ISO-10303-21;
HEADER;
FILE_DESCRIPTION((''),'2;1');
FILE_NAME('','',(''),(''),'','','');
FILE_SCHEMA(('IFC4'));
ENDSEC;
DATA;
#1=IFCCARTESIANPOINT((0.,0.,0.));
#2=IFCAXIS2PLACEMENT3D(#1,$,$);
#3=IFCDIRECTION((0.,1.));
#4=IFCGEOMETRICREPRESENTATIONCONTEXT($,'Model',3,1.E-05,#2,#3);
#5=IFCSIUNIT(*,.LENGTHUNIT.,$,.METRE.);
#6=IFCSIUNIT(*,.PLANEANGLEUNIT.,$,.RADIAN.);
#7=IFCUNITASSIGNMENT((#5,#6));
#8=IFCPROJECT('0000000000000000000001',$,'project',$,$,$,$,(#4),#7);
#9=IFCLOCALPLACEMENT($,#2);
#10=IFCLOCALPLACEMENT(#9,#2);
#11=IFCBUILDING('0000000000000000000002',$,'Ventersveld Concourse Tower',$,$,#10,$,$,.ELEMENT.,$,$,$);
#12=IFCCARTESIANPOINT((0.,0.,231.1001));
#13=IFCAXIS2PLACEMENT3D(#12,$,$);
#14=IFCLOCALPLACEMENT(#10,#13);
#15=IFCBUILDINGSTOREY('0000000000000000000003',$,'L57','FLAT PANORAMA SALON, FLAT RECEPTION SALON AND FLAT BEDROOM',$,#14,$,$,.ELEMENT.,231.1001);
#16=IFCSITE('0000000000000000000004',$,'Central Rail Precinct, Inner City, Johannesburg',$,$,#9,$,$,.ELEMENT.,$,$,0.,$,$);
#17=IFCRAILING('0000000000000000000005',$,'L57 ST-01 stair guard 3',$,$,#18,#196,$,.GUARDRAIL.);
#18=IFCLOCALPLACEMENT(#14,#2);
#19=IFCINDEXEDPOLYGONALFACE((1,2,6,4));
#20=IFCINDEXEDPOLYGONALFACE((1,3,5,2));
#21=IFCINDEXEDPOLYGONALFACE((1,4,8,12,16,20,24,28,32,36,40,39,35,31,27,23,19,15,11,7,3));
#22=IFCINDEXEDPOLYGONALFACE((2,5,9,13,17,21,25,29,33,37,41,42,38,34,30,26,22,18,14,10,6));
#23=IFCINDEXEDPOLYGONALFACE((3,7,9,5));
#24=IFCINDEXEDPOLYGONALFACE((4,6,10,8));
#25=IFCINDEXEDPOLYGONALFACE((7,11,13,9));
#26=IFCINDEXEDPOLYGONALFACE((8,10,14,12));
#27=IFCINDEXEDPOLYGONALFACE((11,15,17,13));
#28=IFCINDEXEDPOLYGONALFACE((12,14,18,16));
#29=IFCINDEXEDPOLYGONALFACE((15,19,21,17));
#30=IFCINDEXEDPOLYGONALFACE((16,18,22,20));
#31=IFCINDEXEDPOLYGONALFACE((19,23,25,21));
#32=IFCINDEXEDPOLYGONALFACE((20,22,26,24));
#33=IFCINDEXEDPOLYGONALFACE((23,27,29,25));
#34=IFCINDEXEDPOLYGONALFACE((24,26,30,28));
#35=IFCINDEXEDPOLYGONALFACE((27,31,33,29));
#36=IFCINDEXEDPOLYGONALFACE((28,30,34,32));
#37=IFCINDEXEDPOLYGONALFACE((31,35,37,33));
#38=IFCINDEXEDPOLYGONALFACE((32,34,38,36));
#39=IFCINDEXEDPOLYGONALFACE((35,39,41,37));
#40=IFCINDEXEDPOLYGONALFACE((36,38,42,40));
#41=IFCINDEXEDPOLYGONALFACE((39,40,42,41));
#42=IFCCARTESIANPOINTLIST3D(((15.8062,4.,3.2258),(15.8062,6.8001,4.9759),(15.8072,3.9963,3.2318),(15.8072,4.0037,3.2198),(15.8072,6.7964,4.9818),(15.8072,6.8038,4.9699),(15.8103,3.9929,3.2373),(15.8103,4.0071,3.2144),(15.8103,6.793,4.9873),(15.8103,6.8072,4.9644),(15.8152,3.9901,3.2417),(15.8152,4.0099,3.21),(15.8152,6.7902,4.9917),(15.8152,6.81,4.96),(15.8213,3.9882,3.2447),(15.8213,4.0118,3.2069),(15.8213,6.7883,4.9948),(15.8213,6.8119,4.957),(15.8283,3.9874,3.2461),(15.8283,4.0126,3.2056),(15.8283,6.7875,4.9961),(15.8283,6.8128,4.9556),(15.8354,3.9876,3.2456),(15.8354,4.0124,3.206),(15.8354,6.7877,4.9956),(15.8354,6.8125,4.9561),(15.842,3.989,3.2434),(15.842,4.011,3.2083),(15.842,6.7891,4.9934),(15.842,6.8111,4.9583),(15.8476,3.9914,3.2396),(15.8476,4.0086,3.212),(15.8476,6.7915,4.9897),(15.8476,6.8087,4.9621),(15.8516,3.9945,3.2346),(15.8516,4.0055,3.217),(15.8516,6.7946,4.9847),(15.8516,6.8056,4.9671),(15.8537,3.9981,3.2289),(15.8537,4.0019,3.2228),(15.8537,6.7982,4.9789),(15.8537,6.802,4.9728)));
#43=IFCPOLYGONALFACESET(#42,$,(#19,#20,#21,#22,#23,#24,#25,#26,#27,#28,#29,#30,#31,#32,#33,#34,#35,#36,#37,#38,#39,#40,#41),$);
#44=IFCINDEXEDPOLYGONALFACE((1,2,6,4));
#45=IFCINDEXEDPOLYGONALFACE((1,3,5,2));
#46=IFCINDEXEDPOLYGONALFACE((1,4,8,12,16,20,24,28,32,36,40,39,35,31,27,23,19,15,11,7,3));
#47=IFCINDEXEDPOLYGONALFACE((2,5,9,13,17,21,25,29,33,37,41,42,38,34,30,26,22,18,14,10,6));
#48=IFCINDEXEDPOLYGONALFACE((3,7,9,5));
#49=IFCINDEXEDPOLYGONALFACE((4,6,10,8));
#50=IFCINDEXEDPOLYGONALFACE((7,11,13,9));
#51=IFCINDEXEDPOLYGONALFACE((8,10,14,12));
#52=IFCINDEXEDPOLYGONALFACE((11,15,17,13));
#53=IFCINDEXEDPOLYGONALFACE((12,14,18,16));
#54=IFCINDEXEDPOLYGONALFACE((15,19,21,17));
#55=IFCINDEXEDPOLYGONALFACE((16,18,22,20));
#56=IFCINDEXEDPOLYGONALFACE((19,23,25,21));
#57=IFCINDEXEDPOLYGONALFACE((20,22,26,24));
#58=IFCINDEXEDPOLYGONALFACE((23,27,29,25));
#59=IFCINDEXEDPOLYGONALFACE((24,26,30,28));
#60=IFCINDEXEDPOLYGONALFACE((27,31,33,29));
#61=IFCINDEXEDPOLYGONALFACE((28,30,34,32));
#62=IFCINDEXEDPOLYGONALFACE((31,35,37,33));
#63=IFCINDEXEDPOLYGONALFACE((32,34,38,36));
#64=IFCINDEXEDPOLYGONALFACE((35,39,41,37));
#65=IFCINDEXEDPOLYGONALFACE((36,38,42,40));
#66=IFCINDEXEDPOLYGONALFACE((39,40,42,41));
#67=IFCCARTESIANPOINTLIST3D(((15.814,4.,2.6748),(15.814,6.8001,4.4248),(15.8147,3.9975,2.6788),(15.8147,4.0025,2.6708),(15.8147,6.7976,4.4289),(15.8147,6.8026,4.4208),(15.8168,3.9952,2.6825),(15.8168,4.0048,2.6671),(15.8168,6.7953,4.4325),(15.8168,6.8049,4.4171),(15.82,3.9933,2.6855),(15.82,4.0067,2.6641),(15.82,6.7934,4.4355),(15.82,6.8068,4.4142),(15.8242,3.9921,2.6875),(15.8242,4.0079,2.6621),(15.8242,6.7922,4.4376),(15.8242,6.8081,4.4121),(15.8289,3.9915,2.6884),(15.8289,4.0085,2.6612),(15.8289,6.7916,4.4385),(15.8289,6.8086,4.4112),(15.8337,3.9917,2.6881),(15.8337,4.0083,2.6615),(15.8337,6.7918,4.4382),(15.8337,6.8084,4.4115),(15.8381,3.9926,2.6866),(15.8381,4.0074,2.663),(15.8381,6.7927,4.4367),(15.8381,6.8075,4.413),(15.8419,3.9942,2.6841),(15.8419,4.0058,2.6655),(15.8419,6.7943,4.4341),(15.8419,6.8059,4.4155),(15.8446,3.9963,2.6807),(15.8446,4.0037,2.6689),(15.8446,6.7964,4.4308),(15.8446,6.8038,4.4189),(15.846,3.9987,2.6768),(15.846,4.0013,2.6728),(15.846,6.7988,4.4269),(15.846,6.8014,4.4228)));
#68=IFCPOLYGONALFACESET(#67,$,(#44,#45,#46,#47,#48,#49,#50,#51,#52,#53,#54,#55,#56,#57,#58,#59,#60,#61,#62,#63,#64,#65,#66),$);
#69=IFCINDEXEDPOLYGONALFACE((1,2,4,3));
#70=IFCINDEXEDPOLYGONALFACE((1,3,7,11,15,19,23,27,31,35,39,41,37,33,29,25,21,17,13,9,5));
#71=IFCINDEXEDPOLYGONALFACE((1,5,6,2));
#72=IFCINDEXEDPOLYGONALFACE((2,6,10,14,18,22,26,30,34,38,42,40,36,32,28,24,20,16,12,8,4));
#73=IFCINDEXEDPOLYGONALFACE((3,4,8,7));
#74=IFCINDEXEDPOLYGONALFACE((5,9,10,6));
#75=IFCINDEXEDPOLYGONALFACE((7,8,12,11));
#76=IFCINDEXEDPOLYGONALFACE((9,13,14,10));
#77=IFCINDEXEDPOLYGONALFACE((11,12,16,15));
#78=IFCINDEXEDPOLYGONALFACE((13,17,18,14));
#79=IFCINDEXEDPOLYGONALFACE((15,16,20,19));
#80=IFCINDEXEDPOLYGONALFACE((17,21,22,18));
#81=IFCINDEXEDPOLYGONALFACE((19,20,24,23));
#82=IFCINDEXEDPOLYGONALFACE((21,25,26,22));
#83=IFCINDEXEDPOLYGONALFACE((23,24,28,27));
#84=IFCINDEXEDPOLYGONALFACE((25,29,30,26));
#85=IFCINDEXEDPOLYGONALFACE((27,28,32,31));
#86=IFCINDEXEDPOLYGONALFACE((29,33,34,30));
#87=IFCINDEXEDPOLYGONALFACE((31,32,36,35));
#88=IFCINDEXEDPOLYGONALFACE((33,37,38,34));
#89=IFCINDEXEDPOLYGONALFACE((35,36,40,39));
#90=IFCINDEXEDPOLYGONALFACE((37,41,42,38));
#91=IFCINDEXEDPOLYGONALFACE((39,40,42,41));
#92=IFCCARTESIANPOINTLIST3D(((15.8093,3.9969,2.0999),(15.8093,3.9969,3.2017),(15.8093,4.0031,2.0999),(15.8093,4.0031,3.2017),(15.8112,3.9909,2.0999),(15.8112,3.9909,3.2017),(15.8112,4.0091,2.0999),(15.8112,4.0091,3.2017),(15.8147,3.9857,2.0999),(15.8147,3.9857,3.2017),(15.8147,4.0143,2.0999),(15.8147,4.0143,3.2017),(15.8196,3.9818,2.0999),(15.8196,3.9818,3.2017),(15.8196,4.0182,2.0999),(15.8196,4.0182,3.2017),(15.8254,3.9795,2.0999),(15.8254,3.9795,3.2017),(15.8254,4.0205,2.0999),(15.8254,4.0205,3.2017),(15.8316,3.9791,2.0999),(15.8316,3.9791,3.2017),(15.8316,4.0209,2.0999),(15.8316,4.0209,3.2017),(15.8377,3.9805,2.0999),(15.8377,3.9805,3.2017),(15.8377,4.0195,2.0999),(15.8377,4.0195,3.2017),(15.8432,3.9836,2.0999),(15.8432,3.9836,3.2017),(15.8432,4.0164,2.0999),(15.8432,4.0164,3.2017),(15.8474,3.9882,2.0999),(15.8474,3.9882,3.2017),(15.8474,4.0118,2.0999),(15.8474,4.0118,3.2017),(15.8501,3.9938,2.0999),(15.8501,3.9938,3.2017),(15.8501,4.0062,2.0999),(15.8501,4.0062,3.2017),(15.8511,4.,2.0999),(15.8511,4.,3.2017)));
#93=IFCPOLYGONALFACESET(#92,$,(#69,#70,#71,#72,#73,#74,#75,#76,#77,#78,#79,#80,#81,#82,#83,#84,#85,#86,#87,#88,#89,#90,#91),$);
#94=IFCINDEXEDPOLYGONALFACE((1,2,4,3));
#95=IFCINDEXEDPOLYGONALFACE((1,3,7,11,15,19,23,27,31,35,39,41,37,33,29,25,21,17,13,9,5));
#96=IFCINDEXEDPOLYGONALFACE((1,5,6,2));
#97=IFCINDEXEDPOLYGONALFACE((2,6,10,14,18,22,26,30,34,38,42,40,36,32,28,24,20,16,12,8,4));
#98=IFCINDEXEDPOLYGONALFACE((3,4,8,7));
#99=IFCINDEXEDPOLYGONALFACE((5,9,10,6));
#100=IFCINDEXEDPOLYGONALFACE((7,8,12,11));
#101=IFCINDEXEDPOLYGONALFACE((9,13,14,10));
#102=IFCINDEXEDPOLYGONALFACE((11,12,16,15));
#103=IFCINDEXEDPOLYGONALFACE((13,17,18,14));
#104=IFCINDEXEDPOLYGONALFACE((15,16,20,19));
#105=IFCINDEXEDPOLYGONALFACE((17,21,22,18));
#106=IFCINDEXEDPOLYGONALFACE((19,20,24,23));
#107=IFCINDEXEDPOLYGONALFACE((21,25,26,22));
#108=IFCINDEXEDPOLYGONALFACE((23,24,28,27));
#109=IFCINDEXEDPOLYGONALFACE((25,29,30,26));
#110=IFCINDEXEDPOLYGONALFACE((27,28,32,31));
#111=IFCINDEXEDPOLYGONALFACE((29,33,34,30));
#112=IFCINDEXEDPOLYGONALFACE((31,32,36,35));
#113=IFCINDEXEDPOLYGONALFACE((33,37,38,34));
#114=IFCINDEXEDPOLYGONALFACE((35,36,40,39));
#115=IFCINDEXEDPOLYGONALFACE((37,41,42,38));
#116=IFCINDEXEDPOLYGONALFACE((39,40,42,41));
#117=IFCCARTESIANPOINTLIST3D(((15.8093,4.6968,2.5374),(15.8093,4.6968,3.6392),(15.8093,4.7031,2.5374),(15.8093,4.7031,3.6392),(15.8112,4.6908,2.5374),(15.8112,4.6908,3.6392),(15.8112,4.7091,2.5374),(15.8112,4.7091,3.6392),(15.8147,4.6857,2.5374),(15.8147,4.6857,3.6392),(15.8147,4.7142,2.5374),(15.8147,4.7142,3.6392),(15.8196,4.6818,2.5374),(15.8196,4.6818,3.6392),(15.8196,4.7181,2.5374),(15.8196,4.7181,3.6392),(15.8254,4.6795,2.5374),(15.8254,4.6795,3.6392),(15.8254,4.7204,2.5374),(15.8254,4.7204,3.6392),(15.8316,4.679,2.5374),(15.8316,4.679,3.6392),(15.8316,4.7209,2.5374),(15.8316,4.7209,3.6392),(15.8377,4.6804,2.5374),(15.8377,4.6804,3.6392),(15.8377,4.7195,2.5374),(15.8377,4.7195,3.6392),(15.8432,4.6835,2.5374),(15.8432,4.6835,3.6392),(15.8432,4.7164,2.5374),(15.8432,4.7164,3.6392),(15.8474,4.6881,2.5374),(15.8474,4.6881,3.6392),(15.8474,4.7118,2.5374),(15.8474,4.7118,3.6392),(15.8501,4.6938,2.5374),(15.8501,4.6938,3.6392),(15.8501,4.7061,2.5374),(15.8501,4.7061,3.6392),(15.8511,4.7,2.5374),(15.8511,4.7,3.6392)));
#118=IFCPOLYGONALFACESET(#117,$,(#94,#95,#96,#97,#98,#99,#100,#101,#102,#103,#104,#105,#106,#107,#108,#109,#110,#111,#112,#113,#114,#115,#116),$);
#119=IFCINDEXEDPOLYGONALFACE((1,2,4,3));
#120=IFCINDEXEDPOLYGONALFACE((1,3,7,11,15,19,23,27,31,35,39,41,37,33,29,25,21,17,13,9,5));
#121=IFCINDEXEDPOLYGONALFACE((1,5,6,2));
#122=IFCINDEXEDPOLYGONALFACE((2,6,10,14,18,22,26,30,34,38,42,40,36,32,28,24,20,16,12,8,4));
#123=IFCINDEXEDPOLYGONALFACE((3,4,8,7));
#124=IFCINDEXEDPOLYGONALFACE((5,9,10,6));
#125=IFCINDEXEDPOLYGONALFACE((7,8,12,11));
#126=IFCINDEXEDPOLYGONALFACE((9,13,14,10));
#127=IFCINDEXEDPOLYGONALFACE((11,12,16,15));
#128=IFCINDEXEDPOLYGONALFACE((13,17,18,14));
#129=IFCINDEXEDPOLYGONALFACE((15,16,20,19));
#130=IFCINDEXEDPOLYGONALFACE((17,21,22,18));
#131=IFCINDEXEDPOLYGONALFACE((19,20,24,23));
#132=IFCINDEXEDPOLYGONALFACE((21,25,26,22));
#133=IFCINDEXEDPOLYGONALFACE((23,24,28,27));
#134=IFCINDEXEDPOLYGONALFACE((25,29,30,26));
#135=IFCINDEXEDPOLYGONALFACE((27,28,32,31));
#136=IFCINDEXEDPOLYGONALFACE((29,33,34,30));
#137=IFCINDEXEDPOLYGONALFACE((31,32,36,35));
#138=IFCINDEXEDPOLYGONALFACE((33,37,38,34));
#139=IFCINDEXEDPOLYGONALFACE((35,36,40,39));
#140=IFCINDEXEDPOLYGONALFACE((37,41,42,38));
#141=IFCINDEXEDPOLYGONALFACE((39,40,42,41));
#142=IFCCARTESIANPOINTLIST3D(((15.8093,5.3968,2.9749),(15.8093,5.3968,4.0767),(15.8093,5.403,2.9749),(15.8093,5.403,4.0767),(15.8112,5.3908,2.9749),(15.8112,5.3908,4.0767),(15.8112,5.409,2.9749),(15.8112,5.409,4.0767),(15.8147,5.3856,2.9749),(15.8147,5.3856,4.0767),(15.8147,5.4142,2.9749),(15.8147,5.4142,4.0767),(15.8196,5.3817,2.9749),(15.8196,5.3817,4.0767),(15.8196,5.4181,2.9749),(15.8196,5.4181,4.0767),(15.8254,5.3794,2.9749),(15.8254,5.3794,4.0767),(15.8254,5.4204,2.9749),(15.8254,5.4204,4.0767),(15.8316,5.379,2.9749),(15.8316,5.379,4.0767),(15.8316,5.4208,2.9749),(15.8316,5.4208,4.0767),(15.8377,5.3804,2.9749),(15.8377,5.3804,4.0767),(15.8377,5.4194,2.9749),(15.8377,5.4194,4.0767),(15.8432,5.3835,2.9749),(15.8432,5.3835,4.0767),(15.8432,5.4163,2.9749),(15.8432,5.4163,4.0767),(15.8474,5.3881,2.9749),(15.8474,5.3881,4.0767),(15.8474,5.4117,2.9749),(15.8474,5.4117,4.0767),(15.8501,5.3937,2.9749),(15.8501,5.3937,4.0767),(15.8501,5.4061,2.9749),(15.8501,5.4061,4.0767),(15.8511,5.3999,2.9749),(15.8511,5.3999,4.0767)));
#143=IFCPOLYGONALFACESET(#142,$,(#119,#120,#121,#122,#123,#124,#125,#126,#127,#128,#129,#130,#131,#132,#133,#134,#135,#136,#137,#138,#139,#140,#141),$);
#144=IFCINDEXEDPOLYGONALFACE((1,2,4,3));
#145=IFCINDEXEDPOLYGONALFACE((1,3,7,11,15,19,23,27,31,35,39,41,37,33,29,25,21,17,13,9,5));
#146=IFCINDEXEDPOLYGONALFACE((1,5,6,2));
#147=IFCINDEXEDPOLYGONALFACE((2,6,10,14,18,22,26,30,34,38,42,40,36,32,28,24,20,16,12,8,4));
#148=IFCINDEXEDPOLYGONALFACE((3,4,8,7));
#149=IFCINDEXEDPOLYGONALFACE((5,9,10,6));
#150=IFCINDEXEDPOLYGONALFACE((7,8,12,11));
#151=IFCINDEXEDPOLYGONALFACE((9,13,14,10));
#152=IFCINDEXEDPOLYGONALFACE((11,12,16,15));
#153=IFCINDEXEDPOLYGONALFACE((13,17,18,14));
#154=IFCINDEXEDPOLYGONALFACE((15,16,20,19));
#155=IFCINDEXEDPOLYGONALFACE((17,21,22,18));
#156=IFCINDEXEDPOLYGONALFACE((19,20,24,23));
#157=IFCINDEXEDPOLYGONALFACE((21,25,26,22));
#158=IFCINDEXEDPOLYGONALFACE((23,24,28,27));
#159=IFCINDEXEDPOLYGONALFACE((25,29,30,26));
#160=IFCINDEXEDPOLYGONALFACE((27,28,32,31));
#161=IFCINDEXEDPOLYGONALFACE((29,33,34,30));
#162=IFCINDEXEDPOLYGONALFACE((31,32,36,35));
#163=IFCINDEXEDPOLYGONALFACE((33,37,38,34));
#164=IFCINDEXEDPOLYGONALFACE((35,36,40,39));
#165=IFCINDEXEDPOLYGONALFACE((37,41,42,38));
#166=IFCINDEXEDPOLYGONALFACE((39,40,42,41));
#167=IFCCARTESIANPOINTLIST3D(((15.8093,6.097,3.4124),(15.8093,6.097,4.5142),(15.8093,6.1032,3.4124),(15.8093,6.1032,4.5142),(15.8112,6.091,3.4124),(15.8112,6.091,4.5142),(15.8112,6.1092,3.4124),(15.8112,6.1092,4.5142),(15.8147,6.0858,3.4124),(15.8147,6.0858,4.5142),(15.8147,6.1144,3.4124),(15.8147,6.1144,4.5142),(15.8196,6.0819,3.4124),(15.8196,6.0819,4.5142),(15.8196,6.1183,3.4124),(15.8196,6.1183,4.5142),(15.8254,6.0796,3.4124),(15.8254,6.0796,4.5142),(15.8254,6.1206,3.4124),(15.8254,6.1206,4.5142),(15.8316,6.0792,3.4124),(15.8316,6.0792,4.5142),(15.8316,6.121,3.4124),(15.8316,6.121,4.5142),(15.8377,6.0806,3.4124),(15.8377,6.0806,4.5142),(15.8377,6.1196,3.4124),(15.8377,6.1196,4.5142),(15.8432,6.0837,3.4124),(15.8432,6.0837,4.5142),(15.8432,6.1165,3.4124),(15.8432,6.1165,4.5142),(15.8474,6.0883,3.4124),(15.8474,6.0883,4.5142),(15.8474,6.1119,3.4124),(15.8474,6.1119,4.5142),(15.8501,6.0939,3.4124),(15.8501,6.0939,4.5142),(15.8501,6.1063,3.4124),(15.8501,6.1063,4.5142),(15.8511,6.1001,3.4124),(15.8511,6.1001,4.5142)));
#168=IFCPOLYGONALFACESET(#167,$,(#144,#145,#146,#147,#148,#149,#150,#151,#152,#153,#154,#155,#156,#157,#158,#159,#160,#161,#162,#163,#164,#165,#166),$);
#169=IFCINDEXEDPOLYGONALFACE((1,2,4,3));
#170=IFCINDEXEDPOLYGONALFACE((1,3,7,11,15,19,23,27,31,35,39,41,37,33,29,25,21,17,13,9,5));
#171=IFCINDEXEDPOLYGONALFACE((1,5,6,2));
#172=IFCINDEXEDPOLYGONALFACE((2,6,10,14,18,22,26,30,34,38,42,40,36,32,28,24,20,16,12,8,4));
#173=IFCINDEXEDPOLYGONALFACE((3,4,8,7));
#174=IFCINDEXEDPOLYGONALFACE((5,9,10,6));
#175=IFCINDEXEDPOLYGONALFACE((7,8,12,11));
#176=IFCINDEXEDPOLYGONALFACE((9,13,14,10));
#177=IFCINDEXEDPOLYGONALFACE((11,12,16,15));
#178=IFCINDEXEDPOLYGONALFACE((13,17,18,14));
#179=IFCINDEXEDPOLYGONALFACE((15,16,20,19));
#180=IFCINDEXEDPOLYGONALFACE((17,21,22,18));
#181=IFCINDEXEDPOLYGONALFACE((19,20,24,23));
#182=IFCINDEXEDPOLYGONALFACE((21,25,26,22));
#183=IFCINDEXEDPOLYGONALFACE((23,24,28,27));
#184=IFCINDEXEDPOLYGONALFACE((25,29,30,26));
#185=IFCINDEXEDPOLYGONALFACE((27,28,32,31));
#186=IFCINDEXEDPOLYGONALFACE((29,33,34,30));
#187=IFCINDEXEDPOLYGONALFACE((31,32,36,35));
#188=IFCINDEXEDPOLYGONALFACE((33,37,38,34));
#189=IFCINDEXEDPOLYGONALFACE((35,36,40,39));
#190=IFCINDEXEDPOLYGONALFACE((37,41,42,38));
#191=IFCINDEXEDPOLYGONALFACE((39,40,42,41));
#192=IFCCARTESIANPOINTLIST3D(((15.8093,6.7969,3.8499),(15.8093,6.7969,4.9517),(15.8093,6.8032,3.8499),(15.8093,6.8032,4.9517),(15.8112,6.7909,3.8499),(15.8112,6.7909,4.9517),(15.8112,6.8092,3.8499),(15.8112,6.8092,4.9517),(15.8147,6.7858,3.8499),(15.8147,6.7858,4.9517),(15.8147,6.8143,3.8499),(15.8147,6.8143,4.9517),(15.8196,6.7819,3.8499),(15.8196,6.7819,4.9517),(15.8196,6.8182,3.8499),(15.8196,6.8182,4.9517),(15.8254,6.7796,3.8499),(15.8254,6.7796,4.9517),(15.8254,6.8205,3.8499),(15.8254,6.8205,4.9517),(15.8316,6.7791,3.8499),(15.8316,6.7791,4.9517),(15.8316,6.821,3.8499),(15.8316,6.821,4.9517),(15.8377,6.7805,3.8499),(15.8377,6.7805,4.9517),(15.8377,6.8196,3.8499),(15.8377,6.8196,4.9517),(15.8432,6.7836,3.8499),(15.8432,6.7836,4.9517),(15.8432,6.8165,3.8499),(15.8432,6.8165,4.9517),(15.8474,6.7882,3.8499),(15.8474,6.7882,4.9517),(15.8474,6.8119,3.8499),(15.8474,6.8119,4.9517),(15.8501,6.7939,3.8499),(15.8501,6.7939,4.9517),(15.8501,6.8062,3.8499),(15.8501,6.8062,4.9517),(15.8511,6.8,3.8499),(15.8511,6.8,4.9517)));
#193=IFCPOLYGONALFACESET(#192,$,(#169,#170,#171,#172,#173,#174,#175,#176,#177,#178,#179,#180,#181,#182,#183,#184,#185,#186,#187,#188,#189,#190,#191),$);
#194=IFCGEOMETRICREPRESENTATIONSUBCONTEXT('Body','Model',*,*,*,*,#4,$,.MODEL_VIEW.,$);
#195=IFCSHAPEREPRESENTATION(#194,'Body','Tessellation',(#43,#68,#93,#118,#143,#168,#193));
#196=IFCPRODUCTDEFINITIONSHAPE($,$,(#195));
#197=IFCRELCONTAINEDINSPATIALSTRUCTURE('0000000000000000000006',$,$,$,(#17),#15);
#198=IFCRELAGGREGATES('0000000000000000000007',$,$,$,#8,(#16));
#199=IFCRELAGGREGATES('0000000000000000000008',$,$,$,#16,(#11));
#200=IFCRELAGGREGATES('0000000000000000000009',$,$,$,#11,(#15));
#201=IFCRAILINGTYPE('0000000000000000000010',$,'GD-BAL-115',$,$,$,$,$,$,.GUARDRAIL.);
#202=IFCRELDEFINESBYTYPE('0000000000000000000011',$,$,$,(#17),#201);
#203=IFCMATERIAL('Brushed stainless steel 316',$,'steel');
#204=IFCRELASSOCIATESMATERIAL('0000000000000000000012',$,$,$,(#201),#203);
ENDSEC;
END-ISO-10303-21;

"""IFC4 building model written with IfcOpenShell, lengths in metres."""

from ifc_helpers import new_model, si_unit, direction, frame, origin, origin_2d, place, context, subcontext, project, spatial, circle, extrude, material, type_object, element, save


model = new_model("IFC4")

# Units and contexts
model_context = context("Model", 3, precision=1e-05, world=origin(), true_north=direction((0.0, 1.0)))
body_context = subcontext(model_context, "Body", "Model", "MODEL_VIEW")
ifc_project = project(units=[si_unit("LENGTHUNIT", "METRE"), si_unit("PLANEANGLEUNIT", "RADIAN")], contexts=[model_context])

# Site, building, storey
site_placement = place(None, origin())
site = spatial("IfcSite", under=ifc_project, at=site_placement, Name="Central Rail Precinct, Inner City, Johannesburg", CompositionType="ELEMENT", RefElevation=0.0)
building_placement = place(site_placement, origin())
building = spatial("IfcBuilding", under=site, at=building_placement, Name="Ventersveld Concourse Tower", CompositionType="ELEMENT")
storey_placement = place(building_placement, frame((0.0, 0.0, 231.1001)))
storey = spatial("IfcBuildingStorey", under=building, at=storey_placement, Name="L57", Description="FLAT PANORAMA SALON, FLAT RECEPTION SALON AND FLAT BEDROOM", CompositionType="ELEMENT", Elevation=231.1001)

# Shared definitions
ifc_material_1 = material(Name="Brushed stainless steel 316", Category="steel")

# Railing
railing_type_1 = type_object("IfcRailingType", Name="GD-BAL-115", PredefinedType="GUARDRAIL", material=ifc_material_1)
railing_1_placement = place(storey_placement, frame((15.8301, 4.0, 2.0999)))
element("IfcRailing", 1, at=railing_1_placement, inside=storey, type_object=railing_type_1, Name="L57 ST-01 stair guard 3", PredefinedType="GUARDRAIL", context=body_context, shape_type="SweptSolid", body=[
    extrude(circle(Radius=0.0239, at=origin_2d()), frame((0.0, 0.0, 1.126), z_axis=(0.0, 0.848002, 0.529992), x_axis=(-1.0, 0.0, 0.0)), (0.0, 0.0, 1.0), 3.302),
    extrude(circle(Radius=0.0161, at=origin_2d()), frame((0.0, 0.0, 0.575), z_axis=(0.0, 0.848002, 0.529992), x_axis=(-1.0, 0.0, 0.0)), (0.0, 0.0, 1.0), 3.302),
    extrude(circle(Radius=0.021, at=origin_2d()), origin(), (0.0, 0.0, 1.0), 1.1018),
    extrude(circle(Radius=0.021, at=origin_2d()), frame((0.0, 0.7, 0.4375)), (0.0, 0.0, 1.0), 1.1018),
    extrude(circle(Radius=0.021, at=origin_2d()), frame((0.0, 1.3999, 0.875)), (0.0, 0.0, 1.0), 1.1018),
    extrude(circle(Radius=0.021, at=origin_2d()), frame((0.0, 2.1001, 1.3125)), (0.0, 0.0, 1.0), 1.1018),
    extrude(circle(Radius=0.021, at=origin_2d()), frame((0.0, 2.8, 1.75)), (0.0, 0.0, 1.0), 1.1018),
])

save(model, "model.ifc")
